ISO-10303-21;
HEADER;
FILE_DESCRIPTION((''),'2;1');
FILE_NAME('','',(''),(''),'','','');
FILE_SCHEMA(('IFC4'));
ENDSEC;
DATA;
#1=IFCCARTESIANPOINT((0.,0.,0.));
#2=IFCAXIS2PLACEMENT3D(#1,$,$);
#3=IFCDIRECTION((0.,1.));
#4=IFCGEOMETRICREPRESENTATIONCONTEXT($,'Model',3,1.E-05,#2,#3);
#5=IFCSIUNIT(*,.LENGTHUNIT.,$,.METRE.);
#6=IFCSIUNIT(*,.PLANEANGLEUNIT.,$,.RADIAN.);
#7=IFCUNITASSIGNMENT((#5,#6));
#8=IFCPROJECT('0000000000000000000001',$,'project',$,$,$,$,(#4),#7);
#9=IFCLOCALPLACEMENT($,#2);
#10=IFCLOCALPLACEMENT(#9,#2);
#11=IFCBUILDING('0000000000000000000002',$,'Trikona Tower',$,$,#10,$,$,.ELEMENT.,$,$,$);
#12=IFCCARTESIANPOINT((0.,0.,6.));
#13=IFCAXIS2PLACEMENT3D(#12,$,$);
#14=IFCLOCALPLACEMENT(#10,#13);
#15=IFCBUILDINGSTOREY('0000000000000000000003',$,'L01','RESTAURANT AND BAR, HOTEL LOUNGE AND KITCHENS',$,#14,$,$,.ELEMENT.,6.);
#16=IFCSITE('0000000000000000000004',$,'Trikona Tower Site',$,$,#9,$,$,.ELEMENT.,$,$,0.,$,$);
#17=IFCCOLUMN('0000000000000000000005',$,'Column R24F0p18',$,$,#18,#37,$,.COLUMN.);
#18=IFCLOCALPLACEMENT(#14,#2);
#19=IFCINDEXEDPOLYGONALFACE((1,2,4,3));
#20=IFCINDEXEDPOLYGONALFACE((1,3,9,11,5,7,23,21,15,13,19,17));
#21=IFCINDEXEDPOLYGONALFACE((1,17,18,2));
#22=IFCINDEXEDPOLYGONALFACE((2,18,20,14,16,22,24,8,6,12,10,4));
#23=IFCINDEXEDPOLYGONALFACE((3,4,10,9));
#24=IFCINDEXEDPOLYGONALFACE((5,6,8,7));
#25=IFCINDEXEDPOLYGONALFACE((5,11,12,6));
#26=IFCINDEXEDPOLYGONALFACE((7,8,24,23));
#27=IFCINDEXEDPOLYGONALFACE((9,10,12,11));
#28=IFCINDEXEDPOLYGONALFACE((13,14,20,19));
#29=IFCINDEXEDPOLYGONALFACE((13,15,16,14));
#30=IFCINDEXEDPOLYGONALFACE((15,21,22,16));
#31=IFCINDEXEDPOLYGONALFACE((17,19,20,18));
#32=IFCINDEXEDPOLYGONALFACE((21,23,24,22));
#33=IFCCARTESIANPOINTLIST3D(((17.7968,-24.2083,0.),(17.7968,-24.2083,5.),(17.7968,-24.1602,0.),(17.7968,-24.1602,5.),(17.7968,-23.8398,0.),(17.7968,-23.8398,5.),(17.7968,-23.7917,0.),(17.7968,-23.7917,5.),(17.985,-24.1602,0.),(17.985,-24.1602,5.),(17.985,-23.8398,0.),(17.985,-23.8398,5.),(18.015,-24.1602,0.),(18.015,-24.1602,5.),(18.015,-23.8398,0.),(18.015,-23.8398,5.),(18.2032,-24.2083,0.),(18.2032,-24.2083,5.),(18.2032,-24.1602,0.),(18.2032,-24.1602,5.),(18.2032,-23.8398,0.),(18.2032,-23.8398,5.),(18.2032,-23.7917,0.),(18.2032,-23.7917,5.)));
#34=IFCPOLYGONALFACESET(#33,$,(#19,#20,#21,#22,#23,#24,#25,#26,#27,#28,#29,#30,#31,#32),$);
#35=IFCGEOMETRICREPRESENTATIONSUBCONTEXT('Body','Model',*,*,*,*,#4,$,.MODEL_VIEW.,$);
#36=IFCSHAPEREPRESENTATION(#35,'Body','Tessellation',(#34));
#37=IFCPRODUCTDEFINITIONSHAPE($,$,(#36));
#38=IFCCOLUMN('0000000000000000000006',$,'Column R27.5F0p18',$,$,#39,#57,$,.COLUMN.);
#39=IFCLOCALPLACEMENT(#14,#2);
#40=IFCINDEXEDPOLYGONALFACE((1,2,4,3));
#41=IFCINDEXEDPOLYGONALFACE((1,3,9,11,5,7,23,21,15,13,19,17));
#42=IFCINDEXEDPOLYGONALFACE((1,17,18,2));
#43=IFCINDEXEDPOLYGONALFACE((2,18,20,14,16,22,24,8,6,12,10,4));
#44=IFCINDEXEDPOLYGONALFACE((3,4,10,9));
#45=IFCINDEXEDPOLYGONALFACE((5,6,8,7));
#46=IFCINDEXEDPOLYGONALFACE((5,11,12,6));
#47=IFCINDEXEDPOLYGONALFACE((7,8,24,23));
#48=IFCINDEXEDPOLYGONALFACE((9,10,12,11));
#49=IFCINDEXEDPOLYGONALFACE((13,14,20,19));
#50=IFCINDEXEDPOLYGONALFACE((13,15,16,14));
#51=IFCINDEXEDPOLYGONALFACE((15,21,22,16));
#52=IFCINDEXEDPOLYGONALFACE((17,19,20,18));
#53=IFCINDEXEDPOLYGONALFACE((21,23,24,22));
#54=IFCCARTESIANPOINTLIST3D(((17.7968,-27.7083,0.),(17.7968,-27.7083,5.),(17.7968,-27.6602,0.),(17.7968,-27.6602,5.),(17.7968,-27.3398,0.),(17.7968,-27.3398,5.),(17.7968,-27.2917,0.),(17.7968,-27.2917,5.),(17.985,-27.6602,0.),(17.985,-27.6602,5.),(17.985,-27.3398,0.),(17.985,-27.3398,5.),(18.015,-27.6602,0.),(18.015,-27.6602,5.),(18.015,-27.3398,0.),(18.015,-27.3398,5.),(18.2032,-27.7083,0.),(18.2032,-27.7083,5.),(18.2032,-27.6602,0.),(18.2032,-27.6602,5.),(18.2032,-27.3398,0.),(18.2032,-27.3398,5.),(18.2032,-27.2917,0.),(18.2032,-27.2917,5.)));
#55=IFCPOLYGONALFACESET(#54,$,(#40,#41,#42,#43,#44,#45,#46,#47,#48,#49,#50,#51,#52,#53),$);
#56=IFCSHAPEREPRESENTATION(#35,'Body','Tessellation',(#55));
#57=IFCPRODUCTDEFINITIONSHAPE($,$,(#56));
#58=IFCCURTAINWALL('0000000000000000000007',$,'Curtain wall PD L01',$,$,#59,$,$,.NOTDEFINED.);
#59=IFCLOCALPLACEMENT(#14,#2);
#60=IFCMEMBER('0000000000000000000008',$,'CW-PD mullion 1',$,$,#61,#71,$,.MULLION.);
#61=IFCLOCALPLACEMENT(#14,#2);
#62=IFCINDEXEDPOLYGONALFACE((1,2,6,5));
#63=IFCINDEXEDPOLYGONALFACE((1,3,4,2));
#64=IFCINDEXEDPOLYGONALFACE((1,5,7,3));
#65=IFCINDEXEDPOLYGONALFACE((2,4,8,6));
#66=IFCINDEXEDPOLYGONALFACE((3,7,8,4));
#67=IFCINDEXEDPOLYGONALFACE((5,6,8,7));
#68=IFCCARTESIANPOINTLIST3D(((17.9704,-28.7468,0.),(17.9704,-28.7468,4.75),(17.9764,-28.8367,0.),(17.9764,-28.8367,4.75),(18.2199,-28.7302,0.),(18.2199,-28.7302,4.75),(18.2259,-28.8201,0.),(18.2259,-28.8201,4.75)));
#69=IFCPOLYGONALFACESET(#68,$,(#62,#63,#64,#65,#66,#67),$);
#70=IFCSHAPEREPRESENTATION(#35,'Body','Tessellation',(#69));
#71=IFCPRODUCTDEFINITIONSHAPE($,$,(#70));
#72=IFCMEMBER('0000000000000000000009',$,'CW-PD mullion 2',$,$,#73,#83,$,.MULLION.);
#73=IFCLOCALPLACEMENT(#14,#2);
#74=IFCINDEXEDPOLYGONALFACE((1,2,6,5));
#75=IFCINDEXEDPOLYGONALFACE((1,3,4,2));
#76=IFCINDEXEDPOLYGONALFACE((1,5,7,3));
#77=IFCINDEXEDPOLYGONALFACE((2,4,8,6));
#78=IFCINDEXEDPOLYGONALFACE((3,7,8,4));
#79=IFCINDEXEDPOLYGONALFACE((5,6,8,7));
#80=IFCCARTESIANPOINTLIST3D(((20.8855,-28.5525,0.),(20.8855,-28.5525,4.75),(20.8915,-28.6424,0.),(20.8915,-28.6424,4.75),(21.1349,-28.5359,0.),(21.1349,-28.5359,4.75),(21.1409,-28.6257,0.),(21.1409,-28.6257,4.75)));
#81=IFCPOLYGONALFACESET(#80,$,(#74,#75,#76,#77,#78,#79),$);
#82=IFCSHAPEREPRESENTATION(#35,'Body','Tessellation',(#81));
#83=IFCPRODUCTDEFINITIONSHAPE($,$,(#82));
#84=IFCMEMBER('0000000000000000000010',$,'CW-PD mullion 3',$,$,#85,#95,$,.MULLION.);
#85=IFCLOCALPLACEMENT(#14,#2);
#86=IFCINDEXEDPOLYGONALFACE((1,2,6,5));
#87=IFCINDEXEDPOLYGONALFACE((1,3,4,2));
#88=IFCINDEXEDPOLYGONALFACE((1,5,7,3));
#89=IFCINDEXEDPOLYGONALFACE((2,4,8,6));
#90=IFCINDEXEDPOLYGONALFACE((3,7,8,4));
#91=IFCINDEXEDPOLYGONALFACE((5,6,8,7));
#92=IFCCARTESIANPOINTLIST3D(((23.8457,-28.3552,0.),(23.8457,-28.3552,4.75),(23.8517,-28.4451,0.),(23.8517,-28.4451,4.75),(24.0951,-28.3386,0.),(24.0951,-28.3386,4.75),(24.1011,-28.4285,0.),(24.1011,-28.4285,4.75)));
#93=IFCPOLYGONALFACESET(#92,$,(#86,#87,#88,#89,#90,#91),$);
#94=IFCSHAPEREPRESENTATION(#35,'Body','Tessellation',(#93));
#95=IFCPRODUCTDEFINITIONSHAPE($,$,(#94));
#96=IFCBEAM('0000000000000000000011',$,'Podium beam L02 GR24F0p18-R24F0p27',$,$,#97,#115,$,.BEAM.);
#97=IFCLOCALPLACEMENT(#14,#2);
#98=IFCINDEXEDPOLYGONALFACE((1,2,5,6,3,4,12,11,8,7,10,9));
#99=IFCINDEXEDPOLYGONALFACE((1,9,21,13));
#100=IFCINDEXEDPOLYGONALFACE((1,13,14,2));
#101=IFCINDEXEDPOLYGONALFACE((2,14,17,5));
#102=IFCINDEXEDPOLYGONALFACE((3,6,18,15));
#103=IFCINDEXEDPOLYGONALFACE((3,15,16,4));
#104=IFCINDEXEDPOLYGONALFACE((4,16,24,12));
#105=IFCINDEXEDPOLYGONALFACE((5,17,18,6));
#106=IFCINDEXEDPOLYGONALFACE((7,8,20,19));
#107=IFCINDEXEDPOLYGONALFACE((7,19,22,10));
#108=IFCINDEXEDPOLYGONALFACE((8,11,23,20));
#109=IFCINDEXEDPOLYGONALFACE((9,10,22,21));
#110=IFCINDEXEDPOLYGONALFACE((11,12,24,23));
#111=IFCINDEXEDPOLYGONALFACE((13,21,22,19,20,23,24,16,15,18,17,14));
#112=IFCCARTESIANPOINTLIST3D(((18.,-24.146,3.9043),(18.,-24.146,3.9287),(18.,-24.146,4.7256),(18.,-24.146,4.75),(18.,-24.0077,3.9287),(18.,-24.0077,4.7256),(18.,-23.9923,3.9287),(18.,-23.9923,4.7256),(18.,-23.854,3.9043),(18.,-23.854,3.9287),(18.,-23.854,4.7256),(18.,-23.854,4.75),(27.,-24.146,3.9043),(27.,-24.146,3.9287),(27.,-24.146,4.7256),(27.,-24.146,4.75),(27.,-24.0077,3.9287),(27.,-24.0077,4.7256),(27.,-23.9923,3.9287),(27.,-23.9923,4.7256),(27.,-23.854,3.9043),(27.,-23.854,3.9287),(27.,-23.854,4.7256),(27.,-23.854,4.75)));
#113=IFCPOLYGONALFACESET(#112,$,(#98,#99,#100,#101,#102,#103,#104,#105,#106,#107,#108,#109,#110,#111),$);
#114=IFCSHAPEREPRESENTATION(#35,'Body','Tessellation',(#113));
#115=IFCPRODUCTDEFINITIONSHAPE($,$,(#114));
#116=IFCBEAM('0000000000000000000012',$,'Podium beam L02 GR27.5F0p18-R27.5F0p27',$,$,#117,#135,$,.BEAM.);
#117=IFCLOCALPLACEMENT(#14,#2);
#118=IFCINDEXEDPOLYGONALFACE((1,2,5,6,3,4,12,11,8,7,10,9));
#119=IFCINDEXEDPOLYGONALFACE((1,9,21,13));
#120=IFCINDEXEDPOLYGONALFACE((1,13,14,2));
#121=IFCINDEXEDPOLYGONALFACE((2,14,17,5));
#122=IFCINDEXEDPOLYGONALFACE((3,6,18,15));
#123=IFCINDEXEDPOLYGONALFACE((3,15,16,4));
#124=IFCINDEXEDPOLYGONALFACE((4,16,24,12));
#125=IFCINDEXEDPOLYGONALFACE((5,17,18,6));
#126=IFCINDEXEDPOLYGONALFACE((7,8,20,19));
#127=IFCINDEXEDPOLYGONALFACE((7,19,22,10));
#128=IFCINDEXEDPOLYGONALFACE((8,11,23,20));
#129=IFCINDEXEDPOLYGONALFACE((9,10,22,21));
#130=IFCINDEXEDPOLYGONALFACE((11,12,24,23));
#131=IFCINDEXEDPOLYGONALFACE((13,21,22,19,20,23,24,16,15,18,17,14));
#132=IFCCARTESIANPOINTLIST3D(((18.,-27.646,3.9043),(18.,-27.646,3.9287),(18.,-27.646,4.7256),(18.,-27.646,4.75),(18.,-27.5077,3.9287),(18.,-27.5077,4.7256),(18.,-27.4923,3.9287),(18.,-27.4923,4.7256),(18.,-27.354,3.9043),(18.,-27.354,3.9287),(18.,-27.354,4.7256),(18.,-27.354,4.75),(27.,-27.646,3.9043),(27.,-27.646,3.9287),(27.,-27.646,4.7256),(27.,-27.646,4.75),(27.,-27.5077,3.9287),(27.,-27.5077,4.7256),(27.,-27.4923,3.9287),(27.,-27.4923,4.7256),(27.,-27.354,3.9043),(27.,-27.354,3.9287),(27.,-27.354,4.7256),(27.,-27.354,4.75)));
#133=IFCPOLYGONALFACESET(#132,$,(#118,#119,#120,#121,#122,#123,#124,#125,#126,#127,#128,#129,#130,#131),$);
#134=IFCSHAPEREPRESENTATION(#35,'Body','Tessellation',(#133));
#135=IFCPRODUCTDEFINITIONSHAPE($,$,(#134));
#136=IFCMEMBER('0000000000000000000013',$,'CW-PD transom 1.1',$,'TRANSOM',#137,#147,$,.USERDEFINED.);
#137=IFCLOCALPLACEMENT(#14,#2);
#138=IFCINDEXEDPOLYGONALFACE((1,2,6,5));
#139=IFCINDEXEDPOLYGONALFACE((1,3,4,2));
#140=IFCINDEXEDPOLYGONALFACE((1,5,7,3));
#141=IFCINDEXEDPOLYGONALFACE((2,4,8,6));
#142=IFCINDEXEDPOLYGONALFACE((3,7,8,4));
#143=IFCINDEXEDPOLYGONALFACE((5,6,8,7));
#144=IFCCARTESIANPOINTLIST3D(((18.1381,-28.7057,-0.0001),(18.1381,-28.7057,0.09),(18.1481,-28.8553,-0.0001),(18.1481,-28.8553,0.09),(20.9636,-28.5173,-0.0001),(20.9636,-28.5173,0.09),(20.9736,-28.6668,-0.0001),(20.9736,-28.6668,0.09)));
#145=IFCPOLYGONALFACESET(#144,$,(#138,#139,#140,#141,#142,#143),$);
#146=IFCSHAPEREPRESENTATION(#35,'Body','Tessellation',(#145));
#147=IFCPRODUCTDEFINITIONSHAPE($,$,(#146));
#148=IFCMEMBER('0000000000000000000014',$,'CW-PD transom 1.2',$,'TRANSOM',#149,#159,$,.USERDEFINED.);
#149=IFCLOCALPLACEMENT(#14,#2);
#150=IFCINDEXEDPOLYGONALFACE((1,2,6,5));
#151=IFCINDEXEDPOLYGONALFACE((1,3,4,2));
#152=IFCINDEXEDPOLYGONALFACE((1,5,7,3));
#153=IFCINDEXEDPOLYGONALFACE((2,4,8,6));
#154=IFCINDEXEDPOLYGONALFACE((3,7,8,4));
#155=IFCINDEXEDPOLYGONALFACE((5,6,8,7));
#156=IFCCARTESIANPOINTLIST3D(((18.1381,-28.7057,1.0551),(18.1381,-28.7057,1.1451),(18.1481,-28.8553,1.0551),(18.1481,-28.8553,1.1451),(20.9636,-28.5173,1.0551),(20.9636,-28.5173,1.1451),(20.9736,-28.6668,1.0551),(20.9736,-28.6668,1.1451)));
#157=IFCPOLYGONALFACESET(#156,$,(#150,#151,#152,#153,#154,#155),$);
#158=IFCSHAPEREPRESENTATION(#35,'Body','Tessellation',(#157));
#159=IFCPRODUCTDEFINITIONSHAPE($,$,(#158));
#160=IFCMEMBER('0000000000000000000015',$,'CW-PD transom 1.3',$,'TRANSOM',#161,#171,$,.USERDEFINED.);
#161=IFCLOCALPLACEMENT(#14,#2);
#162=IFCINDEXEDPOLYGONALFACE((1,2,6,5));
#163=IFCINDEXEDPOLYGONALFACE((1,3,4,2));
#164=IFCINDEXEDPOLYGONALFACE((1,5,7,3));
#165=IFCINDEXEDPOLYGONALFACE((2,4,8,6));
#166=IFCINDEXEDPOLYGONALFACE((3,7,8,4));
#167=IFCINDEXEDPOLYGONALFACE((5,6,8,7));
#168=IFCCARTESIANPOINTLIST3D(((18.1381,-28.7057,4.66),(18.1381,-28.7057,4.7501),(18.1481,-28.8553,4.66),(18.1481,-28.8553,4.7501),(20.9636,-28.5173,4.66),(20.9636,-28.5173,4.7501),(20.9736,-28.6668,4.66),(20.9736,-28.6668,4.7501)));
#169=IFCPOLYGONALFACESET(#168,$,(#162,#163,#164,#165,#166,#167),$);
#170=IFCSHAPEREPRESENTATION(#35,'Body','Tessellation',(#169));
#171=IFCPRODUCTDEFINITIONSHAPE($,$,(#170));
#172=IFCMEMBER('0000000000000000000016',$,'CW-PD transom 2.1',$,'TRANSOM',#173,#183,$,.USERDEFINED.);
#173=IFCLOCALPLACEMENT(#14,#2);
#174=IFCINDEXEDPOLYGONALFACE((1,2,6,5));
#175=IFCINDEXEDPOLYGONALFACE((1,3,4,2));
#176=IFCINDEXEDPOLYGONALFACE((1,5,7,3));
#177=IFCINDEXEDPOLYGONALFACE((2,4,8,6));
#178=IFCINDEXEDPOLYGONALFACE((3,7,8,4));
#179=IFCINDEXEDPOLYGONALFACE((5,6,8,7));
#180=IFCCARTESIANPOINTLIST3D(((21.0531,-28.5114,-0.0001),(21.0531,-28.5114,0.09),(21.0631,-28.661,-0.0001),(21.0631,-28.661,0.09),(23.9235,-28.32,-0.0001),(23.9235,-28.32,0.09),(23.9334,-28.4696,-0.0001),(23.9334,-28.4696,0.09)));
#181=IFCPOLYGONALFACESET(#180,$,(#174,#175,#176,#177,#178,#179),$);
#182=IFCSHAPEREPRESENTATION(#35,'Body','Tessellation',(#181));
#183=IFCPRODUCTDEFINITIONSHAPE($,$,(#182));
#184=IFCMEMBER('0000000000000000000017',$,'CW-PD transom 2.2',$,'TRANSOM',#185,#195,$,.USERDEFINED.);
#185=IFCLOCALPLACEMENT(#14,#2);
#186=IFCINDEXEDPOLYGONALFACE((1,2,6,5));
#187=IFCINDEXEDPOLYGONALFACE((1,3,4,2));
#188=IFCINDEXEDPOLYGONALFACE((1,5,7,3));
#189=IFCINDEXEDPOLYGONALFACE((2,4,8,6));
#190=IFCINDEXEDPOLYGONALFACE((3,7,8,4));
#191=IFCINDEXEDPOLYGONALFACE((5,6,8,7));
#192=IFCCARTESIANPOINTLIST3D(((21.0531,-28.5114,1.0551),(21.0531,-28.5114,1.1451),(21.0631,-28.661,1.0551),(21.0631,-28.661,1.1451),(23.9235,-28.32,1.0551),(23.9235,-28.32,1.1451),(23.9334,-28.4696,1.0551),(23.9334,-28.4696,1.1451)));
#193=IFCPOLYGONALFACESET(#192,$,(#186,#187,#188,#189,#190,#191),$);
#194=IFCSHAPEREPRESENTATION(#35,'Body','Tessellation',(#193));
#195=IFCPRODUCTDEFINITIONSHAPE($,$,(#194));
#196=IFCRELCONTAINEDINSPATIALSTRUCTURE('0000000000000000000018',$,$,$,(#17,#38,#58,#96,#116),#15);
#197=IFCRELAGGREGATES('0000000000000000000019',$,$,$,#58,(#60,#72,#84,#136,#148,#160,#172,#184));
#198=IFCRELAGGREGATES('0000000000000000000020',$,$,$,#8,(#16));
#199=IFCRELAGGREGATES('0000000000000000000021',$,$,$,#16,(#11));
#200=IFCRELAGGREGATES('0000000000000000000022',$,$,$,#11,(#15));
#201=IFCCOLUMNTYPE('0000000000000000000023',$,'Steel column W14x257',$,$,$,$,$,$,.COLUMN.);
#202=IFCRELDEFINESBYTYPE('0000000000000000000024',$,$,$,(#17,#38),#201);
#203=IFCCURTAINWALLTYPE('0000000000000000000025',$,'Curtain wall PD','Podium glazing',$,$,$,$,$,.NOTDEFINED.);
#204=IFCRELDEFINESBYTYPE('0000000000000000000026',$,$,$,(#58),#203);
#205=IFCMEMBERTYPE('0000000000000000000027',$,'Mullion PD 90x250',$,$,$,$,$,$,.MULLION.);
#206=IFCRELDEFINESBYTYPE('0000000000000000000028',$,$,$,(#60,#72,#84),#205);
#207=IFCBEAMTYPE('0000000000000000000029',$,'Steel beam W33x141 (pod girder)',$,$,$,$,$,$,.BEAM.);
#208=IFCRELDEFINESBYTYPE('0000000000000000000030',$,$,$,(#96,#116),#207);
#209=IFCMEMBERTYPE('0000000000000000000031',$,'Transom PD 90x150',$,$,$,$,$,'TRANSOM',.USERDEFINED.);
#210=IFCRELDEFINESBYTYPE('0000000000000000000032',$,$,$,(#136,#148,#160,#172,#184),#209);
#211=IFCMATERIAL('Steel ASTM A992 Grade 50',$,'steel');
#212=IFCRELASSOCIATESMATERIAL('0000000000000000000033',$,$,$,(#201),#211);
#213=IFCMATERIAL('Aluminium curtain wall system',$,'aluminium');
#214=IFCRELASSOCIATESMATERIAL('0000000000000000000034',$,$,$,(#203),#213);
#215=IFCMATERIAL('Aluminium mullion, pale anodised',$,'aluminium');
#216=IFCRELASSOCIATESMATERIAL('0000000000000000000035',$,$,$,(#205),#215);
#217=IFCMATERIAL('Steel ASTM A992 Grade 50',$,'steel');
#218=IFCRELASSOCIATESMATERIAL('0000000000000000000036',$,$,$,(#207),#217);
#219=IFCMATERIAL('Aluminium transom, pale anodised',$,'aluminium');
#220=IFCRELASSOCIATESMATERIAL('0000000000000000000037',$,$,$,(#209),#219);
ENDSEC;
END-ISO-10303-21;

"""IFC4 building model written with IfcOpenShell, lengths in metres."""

from ifc_helpers import new_model, si_unit, direction, frame, origin, origin_2d, place, context, subcontext, project, spatial, rectangle, i_section, extrude, material, material_profile, profile_set, type_object, element, aggregate, save


model = new_model("IFC4")

# Units and contexts
model_context = context("Model", 3, precision=1e-05, world=origin(), true_north=direction((0.0, 1.0)))
body_context = subcontext(model_context, "Body", "Model", "MODEL_VIEW")
ifc_project = project(units=[si_unit("LENGTHUNIT", "METRE"), si_unit("PLANEANGLEUNIT", "RADIAN")], contexts=[model_context])

# Site, building, storey
site_placement = place(None, origin())
site = spatial("IfcSite", under=ifc_project, at=site_placement, Name="Trikona Tower Site", CompositionType="ELEMENT", RefElevation=0.0)
building_placement = place(site_placement, origin())
building = spatial("IfcBuilding", under=site, at=building_placement, Name="Trikona Tower", CompositionType="ELEMENT")
storey_placement = place(building_placement, frame((0.0, 0.0, 6.0)))
storey = spatial("IfcBuildingStorey", under=building, at=storey_placement, Name="L01", Description="RESTAURANT AND BAR, HOTEL LOUNGE AND KITCHENS", CompositionType="ELEMENT", Elevation=6.0)

# Columns
ifc_material_1 = material(Name="Steel ASTM A992 Grade 50", Category="steel")
ifc_material_profile_1 = material_profile(ifc_material_1, i_section(OverallWidth=0.4065, OverallDepth=0.4165, WebThickness=0.03, FlangeThickness=0.0481, at=origin_2d()), Name="W14X257")
ifc_profile_set_1 = profile_set([ifc_material_profile_1], Name="Steel ASTM A992 Grade 50")
column_type = type_object("IfcColumnType", Name="Steel column W14x257", PredefinedType="COLUMN", material=ifc_profile_set_1)
for number, where, z_axis, x_axis, name in (
    (1, (18.0, -24.0, 0.0), (0.0, 0.0, 1.0), (1.0, 0.0, 0.0), "Column R24F0p18"),
    (2, (18.0, -27.5, 0.0), (0.0, 0.0, 1.0), (1.0, 0.0, 0.0), "Column R27.5F0p18"),
):
    element("IfcColumn", number, at=place(storey_placement, frame(where, z_axis=z_axis, x_axis=x_axis)), inside=storey, type_object=column_type, Name=name, PredefinedType="COLUMN", context=body_context, shape_type="SweptSolid", body=[
        extrude(i_section(OverallWidth=0.4065, OverallDepth=0.4165, WebThickness=0.03, FlangeThickness=0.0481, at=origin_2d()), origin(), (0.0, 0.0, 1.0), 5.0),
    ])

# Curtain wall, members
ifc_material_2 = material(Name="Aluminium curtain wall system", Category="aluminium")
curtain_wall_type = type_object("IfcCurtainWallType", Name="Curtain wall PD", Description="Podium glazing", PredefinedType="NOTDEFINED", material=ifc_material_2)
curtain_wall_placement = place(storey_placement, origin())
curtain_wall = element("IfcCurtainWall", 3, at=curtain_wall_placement, inside=storey, type_object=curtain_wall_type, Name="Curtain wall PD L01", PredefinedType="NOTDEFINED")
ifc_material_3 = material(Name="Aluminium mullion, pale anodised", Category="aluminium")
ifc_material_profile_2 = material_profile(ifc_material_3, rectangle(XDim=0.0901, YDim=0.25, at=origin_2d()), Name="MUL-PD")
ifc_profile_set_2 = profile_set([ifc_material_profile_2], Name="Aluminium mullion, pale anodised")
member_type_1 = type_object("IfcMemberType", Name="Mullion PD 90x250", PredefinedType="MULLION", material=ifc_profile_set_2)
member_1_placement = place(storey_placement, frame((18.0981, -28.7834, 0.0), z_axis=(0.0, 0.0, 1.0), x_axis=(-0.066517, 0.997785, 0.0)))
member_1 = element("IfcMember", 4, at=member_1_placement, type_object=member_type_1, Name="CW-PD mullion 1", PredefinedType="MULLION", context=body_context, shape_type="SweptSolid", body=[
    extrude(rectangle(XDim=0.0901, YDim=0.25, at=origin_2d()), origin(), (0.0, 0.0, 1.0), 4.75),
])
member_2_placement = place(storey_placement, frame((21.0132, -28.5891, 0.0), z_axis=(0.0, 0.0, 1.0), x_axis=(-0.066517, 0.997785, 0.0)))
member_2 = element("IfcMember", 5, at=member_2_placement, type_object=member_type_1, Name="CW-PD mullion 2", PredefinedType="MULLION", context=body_context, shape_type="SweptSolid", body=[
    extrude(rectangle(XDim=0.0901, YDim=0.25, at=origin_2d()), origin(), (0.0, 0.0, 1.0), 4.75),
])
member_3_placement = place(storey_placement, frame((23.9734, -28.3918, 0.0), z_axis=(0.0, 0.0, 1.0), x_axis=(-0.066517, 0.997785, 0.0)))
member_3 = element("IfcMember", 6, at=member_3_placement, type_object=member_type_1, Name="CW-PD mullion 3", PredefinedType="MULLION", context=body_context, shape_type="SweptSolid", body=[
    extrude(rectangle(XDim=0.0901, YDim=0.25, at=origin_2d()), origin(), (0.0, 0.0, 1.0), 4.75),
])

# Beams
ifc_material_4 = material(Name="Steel ASTM A992 Grade 50", Category="steel")
ifc_material_profile_3 = material_profile(ifc_material_4, i_section(OverallWidth=0.292, OverallDepth=0.8457, WebThickness=0.0154, FlangeThickness=0.0244, at=origin_2d()), Name="W33X141")
ifc_profile_set_3 = profile_set([ifc_material_profile_3], Name="Steel ASTM A992 Grade 50")
beam_type = type_object("IfcBeamType", Name="Steel beam W33x141 (pod girder)", PredefinedType="BEAM", material=ifc_profile_set_3)
for number, where, z_axis, x_axis, name in (
    (7, (18.0, -24.0, 4.3271), (1.0, 0.0, 0.0), (0.0, 1.0, 0.0), "Podium beam L02 GR24F0p18-R24F0p27"),
    (8, (18.0, -27.5, 4.3271), (1.0, 0.0, 0.0), (0.0, 1.0, 0.0), "Podium beam L02 GR27.5F0p18-R27.5F0p27"),
):
    element("IfcBeam", number, at=place(storey_placement, frame(where, z_axis=z_axis, x_axis=x_axis)), inside=storey, type_object=beam_type, Name=name, PredefinedType="BEAM", context=body_context, shape_type="SweptSolid", body=[
        extrude(i_section(OverallWidth=0.292, OverallDepth=0.8457, WebThickness=0.0154, FlangeThickness=0.0244, at=origin_2d()), origin(), (0.0, 0.0, 1.0), 9.0),
    ])

# Members
ifc_material_5 = material(Name="Aluminium transom, pale anodised", Category="aluminium")
ifc_material_profile_4 = material_profile(ifc_material_5, rectangle(XDim=0.1499, YDim=0.0901, at=origin_2d()), Name="TRN-PD")
ifc_profile_set_4 = profile_set([ifc_material_profile_4], Name="Aluminium transom, pale anodised")
member_type_2 = type_object("IfcMemberType", Name="Transom PD 90x150", ElementType="TRANSOM", PredefinedType="USERDEFINED", material=ifc_profile_set_4)
member_4_placement = place(storey_placement, frame((18.1431, -28.7805, 0.0449), z_axis=(0.997782, 0.066559, 0.0), x_axis=(-0.066559, 0.997782, 0.0)))
member_4 = element("IfcMember", 9, at=member_4_placement, type_object=member_type_2, Name="CW-PD transom 1.1", ObjectType="TRANSOM", PredefinedType="USERDEFINED", context=body_context, shape_type="SweptSolid", body=[
    extrude(rectangle(XDim=0.1499, YDim=0.0901, at=origin_2d()), origin(), (0.0, 0.0, 1.0), 2.8318),
])
member_5_placement = place(storey_placement, frame((18.1431, -28.7805, 1.1001), z_axis=(0.997782, 0.066559, 0.0), x_axis=(-0.066559, 0.997782, 0.0)))
member_5 = element("IfcMember", 10, at=member_5_placement, type_object=member_type_2, Name="CW-PD transom 1.2", ObjectType="TRANSOM", PredefinedType="USERDEFINED", context=body_context, shape_type="SweptSolid", body=[
    extrude(rectangle(XDim=0.1499, YDim=0.0901, at=origin_2d()), origin(), (0.0, 0.0, 1.0), 2.8318),
])
member_6_placement = place(storey_placement, frame((18.1431, -28.7805, 4.7051), z_axis=(0.997782, 0.066559, 0.0), x_axis=(-0.066559, 0.997782, 0.0)))
member_6 = element("IfcMember", 11, at=member_6_placement, type_object=member_type_2, Name="CW-PD transom 1.3", ObjectType="TRANSOM", PredefinedType="USERDEFINED", context=body_context, shape_type="SweptSolid", body=[
    extrude(rectangle(XDim=0.1499, YDim=0.0901, at=origin_2d()), origin(), (0.0, 0.0, 1.0), 2.8318),
])
member_7_placement = place(storey_placement, frame((21.0581, -28.5862, 0.0449), z_axis=(0.997784, 0.066536, 0.0), x_axis=(-0.066536, 0.997784, 0.0)))
member_7 = element("IfcMember", 12, at=member_7_placement, type_object=member_type_2, Name="CW-PD transom 2.1", ObjectType="TRANSOM", PredefinedType="USERDEFINED", context=body_context, shape_type="SweptSolid", body=[
    extrude(rectangle(XDim=0.1499, YDim=0.0901, at=origin_2d()), origin(), (0.0, 0.0, 1.0), 2.8767),
])
member_8_placement = place(storey_placement, frame((21.0581, -28.5862, 1.1001), z_axis=(0.997784, 0.066536, 0.0), x_axis=(-0.066536, 0.997784, 0.0)))
member_8 = element("IfcMember", 13, at=member_8_placement, type_object=member_type_2, Name="CW-PD transom 2.2", ObjectType="TRANSOM", PredefinedType="USERDEFINED", context=body_context, shape_type="SweptSolid", body=[
    extrude(rectangle(XDim=0.1499, YDim=0.0901, at=origin_2d()), origin(), (0.0, 0.0, 1.0), 2.8767),
])

aggregate(curtain_wall, [member_1, member_2, member_3, member_4, member_5, member_6, member_7, member_8])

save(model, "model.ifc")
